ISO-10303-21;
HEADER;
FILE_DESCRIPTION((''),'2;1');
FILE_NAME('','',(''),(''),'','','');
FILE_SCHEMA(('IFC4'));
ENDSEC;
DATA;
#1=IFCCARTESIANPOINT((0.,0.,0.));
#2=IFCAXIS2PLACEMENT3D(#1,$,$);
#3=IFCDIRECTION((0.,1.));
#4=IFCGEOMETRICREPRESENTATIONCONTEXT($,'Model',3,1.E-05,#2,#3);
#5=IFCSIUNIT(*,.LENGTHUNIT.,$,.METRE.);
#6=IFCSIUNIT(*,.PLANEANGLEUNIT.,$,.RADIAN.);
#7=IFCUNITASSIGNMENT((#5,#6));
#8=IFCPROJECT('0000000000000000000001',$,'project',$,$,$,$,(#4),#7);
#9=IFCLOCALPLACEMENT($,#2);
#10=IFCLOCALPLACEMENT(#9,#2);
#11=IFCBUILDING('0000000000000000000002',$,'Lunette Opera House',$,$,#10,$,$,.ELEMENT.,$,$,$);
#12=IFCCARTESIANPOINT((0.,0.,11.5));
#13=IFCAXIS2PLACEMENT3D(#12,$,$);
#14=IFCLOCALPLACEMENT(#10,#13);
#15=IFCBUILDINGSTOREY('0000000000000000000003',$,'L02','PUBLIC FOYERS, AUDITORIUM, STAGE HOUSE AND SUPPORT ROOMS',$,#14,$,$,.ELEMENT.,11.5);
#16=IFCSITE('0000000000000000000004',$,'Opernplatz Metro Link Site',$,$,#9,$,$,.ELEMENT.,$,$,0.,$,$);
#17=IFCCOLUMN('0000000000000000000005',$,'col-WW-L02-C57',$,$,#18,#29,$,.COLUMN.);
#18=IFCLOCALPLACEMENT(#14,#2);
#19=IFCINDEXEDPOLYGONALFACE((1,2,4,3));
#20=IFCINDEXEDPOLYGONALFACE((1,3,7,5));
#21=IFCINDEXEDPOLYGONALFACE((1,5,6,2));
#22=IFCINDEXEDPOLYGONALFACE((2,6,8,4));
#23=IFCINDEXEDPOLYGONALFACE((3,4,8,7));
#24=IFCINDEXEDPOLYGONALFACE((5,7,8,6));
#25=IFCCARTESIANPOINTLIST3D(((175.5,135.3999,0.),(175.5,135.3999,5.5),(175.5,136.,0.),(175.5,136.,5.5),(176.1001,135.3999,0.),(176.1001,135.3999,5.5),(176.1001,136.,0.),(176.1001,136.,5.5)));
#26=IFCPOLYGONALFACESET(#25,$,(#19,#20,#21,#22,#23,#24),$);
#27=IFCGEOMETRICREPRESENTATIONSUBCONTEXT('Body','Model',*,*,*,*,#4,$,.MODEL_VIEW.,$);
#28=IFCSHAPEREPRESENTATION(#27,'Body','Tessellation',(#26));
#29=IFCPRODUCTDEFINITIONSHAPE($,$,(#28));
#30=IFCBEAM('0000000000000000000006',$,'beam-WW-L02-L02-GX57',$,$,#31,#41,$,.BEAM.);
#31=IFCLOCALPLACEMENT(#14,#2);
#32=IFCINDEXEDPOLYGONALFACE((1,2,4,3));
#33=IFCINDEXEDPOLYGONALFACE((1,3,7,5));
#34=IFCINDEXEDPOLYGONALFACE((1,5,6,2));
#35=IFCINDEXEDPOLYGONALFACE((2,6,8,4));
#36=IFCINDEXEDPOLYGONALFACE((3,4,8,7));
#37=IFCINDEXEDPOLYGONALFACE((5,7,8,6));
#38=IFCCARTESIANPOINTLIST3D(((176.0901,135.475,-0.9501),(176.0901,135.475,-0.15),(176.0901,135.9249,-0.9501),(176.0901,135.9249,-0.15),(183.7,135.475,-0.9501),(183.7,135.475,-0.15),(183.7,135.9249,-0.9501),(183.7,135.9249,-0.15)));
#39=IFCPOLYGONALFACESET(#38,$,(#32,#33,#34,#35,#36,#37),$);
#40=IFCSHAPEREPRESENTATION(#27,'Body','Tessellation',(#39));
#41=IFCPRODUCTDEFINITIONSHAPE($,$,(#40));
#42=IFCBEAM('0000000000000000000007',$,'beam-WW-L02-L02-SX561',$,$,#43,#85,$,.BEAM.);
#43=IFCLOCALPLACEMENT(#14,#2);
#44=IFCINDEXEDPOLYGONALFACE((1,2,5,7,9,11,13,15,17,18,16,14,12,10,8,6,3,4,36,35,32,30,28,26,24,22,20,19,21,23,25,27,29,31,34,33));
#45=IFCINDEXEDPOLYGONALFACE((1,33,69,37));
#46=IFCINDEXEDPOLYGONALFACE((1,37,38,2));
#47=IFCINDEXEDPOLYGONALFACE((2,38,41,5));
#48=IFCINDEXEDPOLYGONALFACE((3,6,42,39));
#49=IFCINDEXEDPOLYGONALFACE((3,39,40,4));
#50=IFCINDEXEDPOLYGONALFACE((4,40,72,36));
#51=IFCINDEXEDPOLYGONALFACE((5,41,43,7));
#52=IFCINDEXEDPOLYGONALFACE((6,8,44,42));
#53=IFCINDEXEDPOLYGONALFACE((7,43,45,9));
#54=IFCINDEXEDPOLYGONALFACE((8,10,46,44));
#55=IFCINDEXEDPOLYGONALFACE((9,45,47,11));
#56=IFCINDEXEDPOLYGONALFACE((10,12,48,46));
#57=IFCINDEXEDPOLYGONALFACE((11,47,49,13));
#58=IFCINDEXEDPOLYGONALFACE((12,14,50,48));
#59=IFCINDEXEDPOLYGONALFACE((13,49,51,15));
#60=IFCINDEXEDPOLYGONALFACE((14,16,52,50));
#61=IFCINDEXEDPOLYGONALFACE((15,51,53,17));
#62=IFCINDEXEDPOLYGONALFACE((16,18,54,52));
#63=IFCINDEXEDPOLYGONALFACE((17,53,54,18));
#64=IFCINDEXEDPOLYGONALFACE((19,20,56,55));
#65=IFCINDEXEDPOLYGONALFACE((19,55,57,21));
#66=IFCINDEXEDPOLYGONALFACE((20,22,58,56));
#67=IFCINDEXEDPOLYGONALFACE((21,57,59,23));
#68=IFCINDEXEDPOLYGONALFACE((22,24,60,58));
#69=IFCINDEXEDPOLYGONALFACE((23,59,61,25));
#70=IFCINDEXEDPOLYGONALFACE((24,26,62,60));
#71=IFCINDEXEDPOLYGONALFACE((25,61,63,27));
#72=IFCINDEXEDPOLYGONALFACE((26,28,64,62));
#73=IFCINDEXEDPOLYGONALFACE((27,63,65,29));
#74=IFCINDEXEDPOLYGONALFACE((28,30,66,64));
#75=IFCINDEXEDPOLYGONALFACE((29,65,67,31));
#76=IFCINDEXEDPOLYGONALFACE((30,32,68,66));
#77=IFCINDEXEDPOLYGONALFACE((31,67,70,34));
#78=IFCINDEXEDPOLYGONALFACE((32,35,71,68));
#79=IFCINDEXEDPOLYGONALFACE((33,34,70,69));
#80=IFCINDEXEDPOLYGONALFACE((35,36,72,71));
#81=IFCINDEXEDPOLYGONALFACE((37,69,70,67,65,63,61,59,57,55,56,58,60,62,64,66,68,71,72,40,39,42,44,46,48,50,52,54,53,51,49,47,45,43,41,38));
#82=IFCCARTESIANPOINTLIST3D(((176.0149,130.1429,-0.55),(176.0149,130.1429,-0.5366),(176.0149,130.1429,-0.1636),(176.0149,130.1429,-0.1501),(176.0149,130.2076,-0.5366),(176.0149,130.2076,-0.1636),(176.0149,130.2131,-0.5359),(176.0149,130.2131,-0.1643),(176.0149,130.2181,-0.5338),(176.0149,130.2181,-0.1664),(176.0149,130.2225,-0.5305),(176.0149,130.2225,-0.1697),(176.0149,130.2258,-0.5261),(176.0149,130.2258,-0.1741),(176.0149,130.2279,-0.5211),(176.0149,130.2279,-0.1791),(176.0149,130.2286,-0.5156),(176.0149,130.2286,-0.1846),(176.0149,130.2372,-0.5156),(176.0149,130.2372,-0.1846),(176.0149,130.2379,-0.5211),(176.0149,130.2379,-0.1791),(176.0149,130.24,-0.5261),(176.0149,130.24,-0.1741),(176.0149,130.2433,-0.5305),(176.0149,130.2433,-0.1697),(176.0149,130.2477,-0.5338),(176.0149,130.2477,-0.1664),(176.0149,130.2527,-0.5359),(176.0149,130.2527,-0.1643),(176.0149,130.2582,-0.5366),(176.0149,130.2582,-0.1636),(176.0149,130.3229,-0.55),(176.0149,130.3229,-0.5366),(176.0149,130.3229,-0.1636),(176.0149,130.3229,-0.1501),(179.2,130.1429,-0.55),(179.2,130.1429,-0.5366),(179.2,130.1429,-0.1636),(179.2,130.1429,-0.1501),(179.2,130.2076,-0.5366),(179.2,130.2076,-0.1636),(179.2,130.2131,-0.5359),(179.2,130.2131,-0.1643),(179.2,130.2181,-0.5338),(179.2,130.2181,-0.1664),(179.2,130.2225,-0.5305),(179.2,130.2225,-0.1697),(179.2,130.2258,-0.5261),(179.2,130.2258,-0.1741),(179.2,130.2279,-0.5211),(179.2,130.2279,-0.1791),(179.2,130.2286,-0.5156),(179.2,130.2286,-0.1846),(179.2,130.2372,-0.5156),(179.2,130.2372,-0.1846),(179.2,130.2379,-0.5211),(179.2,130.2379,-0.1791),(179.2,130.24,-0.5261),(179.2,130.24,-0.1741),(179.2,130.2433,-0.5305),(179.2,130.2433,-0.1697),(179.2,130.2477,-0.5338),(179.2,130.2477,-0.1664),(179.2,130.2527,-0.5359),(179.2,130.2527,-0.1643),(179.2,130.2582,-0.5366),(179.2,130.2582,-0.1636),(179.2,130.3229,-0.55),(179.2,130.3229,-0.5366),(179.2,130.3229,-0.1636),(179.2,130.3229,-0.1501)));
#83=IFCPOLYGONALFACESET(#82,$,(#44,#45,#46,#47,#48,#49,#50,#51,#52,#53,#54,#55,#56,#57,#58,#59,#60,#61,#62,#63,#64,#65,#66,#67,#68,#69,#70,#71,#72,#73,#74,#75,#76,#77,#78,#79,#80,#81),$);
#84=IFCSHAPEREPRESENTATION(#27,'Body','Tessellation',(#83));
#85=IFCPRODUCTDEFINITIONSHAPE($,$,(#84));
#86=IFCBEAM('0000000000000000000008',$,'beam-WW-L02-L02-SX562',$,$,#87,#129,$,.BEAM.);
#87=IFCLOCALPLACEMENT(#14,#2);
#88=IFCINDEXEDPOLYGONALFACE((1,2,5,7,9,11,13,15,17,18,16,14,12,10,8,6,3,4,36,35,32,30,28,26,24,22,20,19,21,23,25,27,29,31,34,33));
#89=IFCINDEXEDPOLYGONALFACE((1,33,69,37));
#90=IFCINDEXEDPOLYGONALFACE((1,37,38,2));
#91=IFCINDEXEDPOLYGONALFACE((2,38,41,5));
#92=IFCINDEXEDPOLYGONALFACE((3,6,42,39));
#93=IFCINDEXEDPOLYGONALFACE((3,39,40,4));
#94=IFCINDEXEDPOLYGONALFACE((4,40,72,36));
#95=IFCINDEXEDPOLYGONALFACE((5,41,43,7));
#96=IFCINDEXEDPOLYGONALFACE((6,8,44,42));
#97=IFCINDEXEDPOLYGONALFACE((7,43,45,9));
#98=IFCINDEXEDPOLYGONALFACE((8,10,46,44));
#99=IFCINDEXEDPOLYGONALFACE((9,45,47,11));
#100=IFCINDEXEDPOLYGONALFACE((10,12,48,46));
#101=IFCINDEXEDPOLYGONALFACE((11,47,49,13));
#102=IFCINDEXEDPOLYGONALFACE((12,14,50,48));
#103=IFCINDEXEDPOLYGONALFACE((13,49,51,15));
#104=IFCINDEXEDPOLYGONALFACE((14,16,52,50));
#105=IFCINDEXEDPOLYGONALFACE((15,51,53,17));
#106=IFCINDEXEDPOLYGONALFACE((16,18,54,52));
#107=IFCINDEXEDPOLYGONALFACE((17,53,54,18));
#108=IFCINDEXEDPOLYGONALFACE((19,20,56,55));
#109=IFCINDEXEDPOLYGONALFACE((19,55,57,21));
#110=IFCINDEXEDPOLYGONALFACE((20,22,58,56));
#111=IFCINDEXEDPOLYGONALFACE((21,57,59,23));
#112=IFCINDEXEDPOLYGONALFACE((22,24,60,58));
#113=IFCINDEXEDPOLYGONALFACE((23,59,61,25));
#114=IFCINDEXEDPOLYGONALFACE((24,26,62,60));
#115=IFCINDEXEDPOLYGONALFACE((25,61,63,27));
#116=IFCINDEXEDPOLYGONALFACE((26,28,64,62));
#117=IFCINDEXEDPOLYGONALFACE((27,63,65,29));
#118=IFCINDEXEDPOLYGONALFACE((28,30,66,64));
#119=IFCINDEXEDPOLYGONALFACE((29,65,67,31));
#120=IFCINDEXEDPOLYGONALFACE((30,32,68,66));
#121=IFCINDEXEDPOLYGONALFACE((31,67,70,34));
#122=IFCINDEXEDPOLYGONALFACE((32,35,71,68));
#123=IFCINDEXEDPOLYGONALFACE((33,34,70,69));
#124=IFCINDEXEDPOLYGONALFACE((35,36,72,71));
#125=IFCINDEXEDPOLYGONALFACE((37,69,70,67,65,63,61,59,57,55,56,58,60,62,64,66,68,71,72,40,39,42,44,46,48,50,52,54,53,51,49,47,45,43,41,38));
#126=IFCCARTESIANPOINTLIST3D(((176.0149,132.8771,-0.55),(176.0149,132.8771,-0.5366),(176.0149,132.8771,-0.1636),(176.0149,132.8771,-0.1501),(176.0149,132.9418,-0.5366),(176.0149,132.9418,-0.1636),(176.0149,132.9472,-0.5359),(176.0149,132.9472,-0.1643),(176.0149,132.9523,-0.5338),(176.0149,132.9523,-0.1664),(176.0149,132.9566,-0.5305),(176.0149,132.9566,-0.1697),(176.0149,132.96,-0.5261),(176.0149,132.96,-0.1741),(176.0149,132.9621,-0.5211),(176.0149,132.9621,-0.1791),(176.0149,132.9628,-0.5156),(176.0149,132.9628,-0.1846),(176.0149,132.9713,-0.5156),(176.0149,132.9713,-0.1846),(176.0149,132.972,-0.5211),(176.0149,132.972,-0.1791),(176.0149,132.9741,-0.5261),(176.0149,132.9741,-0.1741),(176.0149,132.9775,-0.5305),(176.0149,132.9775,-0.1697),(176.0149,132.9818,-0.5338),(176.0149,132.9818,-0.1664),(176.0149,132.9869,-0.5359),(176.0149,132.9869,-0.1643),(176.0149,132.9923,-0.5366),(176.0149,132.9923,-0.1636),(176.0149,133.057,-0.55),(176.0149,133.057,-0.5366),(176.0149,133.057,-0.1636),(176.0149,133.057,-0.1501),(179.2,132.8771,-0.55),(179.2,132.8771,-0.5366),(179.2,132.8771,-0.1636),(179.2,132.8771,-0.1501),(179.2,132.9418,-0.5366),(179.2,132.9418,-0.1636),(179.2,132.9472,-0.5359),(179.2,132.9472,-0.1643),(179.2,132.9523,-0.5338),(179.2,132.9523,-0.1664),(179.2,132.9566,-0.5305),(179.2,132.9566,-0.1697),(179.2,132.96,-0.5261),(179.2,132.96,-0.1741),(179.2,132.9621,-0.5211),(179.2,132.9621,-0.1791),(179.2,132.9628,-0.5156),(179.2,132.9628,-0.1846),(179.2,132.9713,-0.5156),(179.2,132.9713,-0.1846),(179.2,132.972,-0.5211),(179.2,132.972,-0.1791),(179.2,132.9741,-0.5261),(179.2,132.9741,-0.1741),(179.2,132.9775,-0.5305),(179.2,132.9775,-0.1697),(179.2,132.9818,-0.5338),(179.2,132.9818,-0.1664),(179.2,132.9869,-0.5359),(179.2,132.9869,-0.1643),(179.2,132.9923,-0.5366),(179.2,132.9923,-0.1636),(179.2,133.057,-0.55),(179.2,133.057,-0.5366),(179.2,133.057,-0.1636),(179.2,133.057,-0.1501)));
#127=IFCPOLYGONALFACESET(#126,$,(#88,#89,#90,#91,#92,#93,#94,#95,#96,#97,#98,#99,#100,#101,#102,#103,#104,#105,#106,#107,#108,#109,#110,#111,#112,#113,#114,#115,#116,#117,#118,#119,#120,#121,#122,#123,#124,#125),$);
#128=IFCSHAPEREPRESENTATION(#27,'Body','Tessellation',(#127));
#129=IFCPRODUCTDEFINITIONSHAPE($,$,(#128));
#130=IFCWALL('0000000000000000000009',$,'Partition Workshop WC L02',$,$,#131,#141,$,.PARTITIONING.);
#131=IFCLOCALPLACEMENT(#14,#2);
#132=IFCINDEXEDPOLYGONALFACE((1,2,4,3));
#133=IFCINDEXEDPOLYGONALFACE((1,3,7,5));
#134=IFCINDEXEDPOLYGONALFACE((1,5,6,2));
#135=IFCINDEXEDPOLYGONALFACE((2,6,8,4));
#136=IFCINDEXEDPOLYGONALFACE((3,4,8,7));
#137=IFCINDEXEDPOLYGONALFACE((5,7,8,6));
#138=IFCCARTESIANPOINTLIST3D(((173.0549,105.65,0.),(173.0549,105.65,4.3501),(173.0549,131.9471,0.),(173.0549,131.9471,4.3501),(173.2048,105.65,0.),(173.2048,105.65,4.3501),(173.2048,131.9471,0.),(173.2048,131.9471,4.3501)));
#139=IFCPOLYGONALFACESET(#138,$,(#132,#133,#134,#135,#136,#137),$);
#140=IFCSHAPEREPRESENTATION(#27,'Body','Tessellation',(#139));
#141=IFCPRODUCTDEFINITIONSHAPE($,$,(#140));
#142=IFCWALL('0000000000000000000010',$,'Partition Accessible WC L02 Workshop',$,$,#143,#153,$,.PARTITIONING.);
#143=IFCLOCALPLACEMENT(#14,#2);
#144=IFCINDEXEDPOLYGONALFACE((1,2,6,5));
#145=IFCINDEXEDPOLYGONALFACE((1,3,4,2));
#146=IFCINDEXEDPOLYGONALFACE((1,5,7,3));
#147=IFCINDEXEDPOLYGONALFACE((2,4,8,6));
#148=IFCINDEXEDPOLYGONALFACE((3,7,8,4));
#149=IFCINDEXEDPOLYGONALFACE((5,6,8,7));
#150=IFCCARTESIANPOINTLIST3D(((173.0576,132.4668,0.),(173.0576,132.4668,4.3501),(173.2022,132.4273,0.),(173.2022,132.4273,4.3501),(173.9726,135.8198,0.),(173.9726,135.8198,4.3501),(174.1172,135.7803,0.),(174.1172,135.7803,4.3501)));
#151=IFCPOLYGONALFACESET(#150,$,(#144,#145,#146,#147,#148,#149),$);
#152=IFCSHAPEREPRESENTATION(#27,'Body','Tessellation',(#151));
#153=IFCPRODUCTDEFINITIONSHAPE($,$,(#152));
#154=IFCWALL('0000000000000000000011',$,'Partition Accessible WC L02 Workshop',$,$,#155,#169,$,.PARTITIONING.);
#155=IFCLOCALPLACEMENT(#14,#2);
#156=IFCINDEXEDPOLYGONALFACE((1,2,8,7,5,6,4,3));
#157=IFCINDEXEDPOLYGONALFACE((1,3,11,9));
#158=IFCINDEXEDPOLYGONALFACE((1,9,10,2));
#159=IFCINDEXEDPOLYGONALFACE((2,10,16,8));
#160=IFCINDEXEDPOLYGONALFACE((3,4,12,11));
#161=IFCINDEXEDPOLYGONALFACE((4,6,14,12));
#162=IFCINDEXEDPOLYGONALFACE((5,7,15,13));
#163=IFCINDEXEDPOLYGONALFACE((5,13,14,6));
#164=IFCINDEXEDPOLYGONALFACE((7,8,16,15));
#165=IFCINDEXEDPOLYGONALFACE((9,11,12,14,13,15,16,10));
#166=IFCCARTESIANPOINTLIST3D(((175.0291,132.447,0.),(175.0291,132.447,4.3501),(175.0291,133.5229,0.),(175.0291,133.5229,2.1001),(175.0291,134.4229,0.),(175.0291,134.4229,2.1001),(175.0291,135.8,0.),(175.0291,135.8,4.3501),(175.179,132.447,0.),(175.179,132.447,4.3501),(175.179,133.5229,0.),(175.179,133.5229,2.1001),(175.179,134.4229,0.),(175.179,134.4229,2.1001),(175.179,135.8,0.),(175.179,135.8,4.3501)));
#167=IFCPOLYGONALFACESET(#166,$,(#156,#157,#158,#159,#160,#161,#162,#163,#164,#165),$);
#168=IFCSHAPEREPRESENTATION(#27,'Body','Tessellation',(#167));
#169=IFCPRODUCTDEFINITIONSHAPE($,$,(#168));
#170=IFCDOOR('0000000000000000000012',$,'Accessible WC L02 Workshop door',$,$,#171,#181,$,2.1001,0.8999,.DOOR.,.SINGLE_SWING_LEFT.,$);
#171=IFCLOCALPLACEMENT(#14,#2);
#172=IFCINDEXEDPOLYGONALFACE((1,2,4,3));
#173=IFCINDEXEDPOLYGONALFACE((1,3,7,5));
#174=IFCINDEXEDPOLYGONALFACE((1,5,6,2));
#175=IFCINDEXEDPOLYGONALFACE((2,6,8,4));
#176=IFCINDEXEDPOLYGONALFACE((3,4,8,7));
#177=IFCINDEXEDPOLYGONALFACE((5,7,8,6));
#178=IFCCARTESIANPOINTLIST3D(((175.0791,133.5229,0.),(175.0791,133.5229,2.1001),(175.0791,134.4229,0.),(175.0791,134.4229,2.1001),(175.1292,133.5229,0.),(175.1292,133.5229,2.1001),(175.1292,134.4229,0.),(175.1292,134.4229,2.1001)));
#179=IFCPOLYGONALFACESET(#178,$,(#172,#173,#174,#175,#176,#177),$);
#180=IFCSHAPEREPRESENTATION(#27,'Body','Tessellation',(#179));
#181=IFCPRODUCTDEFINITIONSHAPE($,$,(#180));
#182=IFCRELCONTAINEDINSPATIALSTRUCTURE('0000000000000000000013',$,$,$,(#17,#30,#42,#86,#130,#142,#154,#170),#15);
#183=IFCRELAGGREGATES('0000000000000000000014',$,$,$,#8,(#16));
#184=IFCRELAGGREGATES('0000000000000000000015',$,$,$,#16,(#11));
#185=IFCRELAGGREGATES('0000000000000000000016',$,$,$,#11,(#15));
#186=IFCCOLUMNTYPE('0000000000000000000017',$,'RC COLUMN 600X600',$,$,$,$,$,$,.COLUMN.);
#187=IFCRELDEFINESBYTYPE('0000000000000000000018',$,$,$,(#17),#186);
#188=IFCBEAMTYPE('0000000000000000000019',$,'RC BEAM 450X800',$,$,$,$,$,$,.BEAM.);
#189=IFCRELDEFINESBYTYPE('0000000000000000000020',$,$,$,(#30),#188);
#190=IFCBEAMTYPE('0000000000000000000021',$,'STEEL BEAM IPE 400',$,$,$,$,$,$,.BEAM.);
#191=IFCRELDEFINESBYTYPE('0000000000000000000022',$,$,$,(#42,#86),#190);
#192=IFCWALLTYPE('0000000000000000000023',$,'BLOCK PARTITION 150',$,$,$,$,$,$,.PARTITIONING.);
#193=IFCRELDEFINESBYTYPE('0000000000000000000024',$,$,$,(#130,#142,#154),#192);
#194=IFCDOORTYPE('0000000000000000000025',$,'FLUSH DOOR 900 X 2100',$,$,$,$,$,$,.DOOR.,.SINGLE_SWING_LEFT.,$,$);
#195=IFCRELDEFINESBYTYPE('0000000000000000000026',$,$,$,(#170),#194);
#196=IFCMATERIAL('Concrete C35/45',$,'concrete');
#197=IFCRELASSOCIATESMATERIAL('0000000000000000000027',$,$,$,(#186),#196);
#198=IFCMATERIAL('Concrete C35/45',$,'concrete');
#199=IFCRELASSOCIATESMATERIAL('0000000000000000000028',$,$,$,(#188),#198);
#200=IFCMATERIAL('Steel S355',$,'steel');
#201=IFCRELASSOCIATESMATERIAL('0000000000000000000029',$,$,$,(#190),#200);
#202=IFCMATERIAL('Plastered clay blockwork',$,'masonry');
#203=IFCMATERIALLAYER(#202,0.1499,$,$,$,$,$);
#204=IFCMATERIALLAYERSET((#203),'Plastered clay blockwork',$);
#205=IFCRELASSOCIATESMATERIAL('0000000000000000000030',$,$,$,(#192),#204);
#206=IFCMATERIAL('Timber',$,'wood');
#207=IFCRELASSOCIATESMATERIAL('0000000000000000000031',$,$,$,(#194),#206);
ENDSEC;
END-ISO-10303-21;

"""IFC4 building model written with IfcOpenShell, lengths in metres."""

from ifc_helpers import new_model, si_unit, direction, frame, frame_2d, origin, origin_2d, place, context, subcontext, project, spatial, rectangle, i_section, extrude, material, layer, layer_set, material_profile, profile_set, type_object, element, fill, save


model = new_model("IFC4")

# Units and contexts
model_context = context("Model", 3, precision=1e-05, world=origin(), true_north=direction((0.0, 1.0)))
body_context = subcontext(model_context, "Body", "Model", "MODEL_VIEW")
ifc_project = project(units=[si_unit("LENGTHUNIT", "METRE"), si_unit("PLANEANGLEUNIT", "RADIAN")], contexts=[model_context])

# Site, building, storey
site_placement = place(None, origin())
site = spatial("IfcSite", under=ifc_project, at=site_placement, Name="Opernplatz Metro Link Site", CompositionType="ELEMENT", RefElevation=0.0)
building_placement = place(site_placement, origin())
building = spatial("IfcBuilding", under=site, at=building_placement, Name="Lunette Opera House", CompositionType="ELEMENT")
storey_placement = place(building_placement, frame((0.0, 0.0, 11.5)))
storey = spatial("IfcBuildingStorey", under=building, at=storey_placement, Name="L02", Description="PUBLIC FOYERS, AUDITORIUM, STAGE HOUSE AND SUPPORT ROOMS", CompositionType="ELEMENT", Elevation=11.5)

# Column
ifc_material_1 = material(Name="Concrete C35/45", Category="concrete")
ifc_material_profile_1 = material_profile(ifc_material_1, rectangle(XDim=0.6001, YDim=0.6001, at=origin_2d()), Name="RC COLUMN 600X600")
ifc_profile_set_1 = profile_set([ifc_material_profile_1], Name="Concrete C35/45")
column_type = type_object("IfcColumnType", Name="RC COLUMN 600X600", PredefinedType="COLUMN", material=ifc_profile_set_1)
column_placement = place(storey_placement, frame((175.8, 135.7, 0.0), z_axis=(0.0, 0.0, 1.0), x_axis=(1.0, 0.0, 0.0)))
element("IfcColumn", 1, at=column_placement, inside=storey, type_object=column_type, Name="col-WW-L02-C57", PredefinedType="COLUMN", context=body_context, shape_type="SweptSolid", body=[
    extrude(rectangle(XDim=0.6001, YDim=0.6001, at=origin_2d()), origin(), (0.0, 0.0, 1.0), 5.5),
])

# Beams
ifc_material_2 = material(Name="Concrete C35/45", Category="concrete")
ifc_material_profile_2 = material_profile(ifc_material_2, rectangle(XDim=0.45, YDim=0.8, at=origin_2d()), Name="RC BEAM 450X800")
ifc_profile_set_2 = profile_set([ifc_material_profile_2], Name="Concrete C35/45")
beam_type_1 = type_object("IfcBeamType", Name="RC BEAM 450X800", PredefinedType="BEAM", material=ifc_profile_set_2)
beam_placement = place(storey_placement, frame((176.0901, 135.7, -0.55), z_axis=(1.0, 0.0, 0.0), x_axis=(0.0, 1.0, 0.0)))
element("IfcBeam", 2, at=beam_placement, inside=storey, type_object=beam_type_1, Name="beam-WW-L02-L02-GX57", PredefinedType="BEAM", context=body_context, shape_type="SweptSolid", body=[
    extrude(rectangle(XDim=0.45, YDim=0.8, at=origin_2d()), origin(), (0.0, 0.0, 1.0), 7.6099),
])
ifc_material_3 = material(Name="Steel S355", Category="steel")
ifc_material_profile_3 = material_profile(ifc_material_3, i_section(OverallWidth=0.1799, OverallDepth=0.3999, WebThickness=0.0085, FlangeThickness=0.0134, FilletRadius=0.021, at=origin_2d()), Name="IPE 400")
ifc_profile_set_3 = profile_set([ifc_material_profile_3], Name="Steel S355")
beam_type_2 = type_object("IfcBeamType", Name="STEEL BEAM IPE 400", PredefinedType="BEAM", material=ifc_profile_set_3)
for number, where, z_axis, x_axis, name in (
    (3, (176.0149, 130.2329, -0.3501), (1.0, 0.0, 0.0), (0.0, 1.0, 0.0), "beam-WW-L02-L02-SX561"),
    (4, (176.0149, 132.967, -0.3501), (1.0, 0.0, 0.0), (0.0, 1.0, 0.0), "beam-WW-L02-L02-SX562"),
):
    element("IfcBeam", number, at=place(storey_placement, frame(where, z_axis=z_axis, x_axis=x_axis)), inside=storey, type_object=beam_type_2, Name=name, PredefinedType="BEAM", context=body_context, shape_type="SweptSolid", body=[
        extrude(i_section(OverallWidth=0.1799, OverallDepth=0.3999, WebThickness=0.0085, FlangeThickness=0.0134, FilletRadius=0.021, at=origin_2d()), origin(), (0.0, 0.0, 1.0), 3.1851),
    ])

# Walls
ifc_material_4 = material(Name="Plastered clay blockwork", Category="masonry")
ifc_layer_1 = layer(ifc_material_4, 0.1499)
ifc_layer_set_1 = layer_set([ifc_layer_1], Name="Plastered clay blockwork")
wall_type_1 = type_object("IfcWallType", Name="BLOCK PARTITION 150", PredefinedType="PARTITIONING", material=ifc_layer_set_1)
wall_1_placement = place(storey_placement, frame((173.1299, 131.947, 0.0), z_axis=(0.0, 0.0, 1.0), x_axis=(0.0, -1.0, 0.0)))
element("IfcWall", 5, at=wall_1_placement, inside=storey, type_object=wall_type_1, Name="Partition Workshop WC L02", PredefinedType="PARTITIONING", context=body_context, shape_type="SweptSolid", body=[
    extrude(rectangle(XDim=26.2971, YDim=0.1499, at=frame_2d((13.1484, 0.0))), origin(), (0.0, 0.0, 1.0), 4.3501),
])
wall_2_placement = place(storey_placement, frame((174.0449, 135.8, 0.0), z_axis=(0.0, 0.0, 1.0), x_axis=(-0.263272, -0.964722, 0.0)))
element("IfcWall", 6, at=wall_2_placement, inside=storey, type_object=wall_type_1, Name="Partition Accessible WC L02 Workshop", PredefinedType="PARTITIONING", context=body_context, shape_type="SweptSolid", body=[
    extrude(rectangle(XDim=3.4756, YDim=0.1499, at=frame_2d((1.7378, 0.0))), origin(), (0.0, 0.0, 1.0), 4.3501),
])

# Wall, opening, door
wall_3_placement = place(storey_placement, frame((175.104, 132.447, 0.0), z_axis=(0.0, 0.0, 1.0), x_axis=(0.0, 1.0, 0.0)))
wall_3 = element("IfcWall", 7, at=wall_3_placement, inside=storey, type_object=wall_type_1, Name="Partition Accessible WC L02 Workshop", PredefinedType="PARTITIONING", context=body_context, shape_type="SweptSolid", body=[
    extrude(rectangle(XDim=3.353, YDim=0.1499, at=frame_2d((1.6765, 0.0))), origin(), (0.0, 0.0, 1.0), 4.3501),
])
opening_1_placement = place(wall_3_placement, frame((1.0759, 0.0, 0.0)))
opening_1 = element("IfcOpeningElement", 8, at=opening_1_placement, cuts=wall_3, PredefinedType="OPENING", context=body_context, shape_type="SweptSolid", body=[
    extrude(rectangle(XDim=0.8999, YDim=2.1001, at=frame_2d((0.45, 1.05))), frame((0.0, 0.0869, 0.0), z_axis=(0.0, -1.0, 0.0), x_axis=(1.0, 0.0, 0.0)), (0.0, 0.0, 1.0), 0.1738),
])
ifc_material_5 = material(Name="Timber", Category="wood")
door_type_1 = type_object("IfcDoorType", Name="FLUSH DOOR 900 X 2100", OperationType="SINGLE_SWING_LEFT", PredefinedType="DOOR", material=ifc_material_5)
door_1_placement = place(opening_1_placement, origin())
door_1 = element("IfcDoor", 9, at=door_1_placement, inside=storey, type_object=door_type_1, Name="Accessible WC L02 Workshop door", OperationType="SINGLE_SWING_LEFT", OverallHeight=2.1001, OverallWidth=0.8999, PredefinedType="DOOR", context=body_context, shape_type="SweptSolid", body=[
    extrude(rectangle(XDim=0.8999, YDim=2.1001, at=frame_2d((0.45, 1.05))), frame((0.0, 0.0249, 0.0), z_axis=(0.0, -1.0, 0.0), x_axis=(1.0, 0.0, 0.0)), (0.0, 0.0, 1.0), 0.05),
])
fill(opening_1, door_1)

save(model, "model.ifc")
